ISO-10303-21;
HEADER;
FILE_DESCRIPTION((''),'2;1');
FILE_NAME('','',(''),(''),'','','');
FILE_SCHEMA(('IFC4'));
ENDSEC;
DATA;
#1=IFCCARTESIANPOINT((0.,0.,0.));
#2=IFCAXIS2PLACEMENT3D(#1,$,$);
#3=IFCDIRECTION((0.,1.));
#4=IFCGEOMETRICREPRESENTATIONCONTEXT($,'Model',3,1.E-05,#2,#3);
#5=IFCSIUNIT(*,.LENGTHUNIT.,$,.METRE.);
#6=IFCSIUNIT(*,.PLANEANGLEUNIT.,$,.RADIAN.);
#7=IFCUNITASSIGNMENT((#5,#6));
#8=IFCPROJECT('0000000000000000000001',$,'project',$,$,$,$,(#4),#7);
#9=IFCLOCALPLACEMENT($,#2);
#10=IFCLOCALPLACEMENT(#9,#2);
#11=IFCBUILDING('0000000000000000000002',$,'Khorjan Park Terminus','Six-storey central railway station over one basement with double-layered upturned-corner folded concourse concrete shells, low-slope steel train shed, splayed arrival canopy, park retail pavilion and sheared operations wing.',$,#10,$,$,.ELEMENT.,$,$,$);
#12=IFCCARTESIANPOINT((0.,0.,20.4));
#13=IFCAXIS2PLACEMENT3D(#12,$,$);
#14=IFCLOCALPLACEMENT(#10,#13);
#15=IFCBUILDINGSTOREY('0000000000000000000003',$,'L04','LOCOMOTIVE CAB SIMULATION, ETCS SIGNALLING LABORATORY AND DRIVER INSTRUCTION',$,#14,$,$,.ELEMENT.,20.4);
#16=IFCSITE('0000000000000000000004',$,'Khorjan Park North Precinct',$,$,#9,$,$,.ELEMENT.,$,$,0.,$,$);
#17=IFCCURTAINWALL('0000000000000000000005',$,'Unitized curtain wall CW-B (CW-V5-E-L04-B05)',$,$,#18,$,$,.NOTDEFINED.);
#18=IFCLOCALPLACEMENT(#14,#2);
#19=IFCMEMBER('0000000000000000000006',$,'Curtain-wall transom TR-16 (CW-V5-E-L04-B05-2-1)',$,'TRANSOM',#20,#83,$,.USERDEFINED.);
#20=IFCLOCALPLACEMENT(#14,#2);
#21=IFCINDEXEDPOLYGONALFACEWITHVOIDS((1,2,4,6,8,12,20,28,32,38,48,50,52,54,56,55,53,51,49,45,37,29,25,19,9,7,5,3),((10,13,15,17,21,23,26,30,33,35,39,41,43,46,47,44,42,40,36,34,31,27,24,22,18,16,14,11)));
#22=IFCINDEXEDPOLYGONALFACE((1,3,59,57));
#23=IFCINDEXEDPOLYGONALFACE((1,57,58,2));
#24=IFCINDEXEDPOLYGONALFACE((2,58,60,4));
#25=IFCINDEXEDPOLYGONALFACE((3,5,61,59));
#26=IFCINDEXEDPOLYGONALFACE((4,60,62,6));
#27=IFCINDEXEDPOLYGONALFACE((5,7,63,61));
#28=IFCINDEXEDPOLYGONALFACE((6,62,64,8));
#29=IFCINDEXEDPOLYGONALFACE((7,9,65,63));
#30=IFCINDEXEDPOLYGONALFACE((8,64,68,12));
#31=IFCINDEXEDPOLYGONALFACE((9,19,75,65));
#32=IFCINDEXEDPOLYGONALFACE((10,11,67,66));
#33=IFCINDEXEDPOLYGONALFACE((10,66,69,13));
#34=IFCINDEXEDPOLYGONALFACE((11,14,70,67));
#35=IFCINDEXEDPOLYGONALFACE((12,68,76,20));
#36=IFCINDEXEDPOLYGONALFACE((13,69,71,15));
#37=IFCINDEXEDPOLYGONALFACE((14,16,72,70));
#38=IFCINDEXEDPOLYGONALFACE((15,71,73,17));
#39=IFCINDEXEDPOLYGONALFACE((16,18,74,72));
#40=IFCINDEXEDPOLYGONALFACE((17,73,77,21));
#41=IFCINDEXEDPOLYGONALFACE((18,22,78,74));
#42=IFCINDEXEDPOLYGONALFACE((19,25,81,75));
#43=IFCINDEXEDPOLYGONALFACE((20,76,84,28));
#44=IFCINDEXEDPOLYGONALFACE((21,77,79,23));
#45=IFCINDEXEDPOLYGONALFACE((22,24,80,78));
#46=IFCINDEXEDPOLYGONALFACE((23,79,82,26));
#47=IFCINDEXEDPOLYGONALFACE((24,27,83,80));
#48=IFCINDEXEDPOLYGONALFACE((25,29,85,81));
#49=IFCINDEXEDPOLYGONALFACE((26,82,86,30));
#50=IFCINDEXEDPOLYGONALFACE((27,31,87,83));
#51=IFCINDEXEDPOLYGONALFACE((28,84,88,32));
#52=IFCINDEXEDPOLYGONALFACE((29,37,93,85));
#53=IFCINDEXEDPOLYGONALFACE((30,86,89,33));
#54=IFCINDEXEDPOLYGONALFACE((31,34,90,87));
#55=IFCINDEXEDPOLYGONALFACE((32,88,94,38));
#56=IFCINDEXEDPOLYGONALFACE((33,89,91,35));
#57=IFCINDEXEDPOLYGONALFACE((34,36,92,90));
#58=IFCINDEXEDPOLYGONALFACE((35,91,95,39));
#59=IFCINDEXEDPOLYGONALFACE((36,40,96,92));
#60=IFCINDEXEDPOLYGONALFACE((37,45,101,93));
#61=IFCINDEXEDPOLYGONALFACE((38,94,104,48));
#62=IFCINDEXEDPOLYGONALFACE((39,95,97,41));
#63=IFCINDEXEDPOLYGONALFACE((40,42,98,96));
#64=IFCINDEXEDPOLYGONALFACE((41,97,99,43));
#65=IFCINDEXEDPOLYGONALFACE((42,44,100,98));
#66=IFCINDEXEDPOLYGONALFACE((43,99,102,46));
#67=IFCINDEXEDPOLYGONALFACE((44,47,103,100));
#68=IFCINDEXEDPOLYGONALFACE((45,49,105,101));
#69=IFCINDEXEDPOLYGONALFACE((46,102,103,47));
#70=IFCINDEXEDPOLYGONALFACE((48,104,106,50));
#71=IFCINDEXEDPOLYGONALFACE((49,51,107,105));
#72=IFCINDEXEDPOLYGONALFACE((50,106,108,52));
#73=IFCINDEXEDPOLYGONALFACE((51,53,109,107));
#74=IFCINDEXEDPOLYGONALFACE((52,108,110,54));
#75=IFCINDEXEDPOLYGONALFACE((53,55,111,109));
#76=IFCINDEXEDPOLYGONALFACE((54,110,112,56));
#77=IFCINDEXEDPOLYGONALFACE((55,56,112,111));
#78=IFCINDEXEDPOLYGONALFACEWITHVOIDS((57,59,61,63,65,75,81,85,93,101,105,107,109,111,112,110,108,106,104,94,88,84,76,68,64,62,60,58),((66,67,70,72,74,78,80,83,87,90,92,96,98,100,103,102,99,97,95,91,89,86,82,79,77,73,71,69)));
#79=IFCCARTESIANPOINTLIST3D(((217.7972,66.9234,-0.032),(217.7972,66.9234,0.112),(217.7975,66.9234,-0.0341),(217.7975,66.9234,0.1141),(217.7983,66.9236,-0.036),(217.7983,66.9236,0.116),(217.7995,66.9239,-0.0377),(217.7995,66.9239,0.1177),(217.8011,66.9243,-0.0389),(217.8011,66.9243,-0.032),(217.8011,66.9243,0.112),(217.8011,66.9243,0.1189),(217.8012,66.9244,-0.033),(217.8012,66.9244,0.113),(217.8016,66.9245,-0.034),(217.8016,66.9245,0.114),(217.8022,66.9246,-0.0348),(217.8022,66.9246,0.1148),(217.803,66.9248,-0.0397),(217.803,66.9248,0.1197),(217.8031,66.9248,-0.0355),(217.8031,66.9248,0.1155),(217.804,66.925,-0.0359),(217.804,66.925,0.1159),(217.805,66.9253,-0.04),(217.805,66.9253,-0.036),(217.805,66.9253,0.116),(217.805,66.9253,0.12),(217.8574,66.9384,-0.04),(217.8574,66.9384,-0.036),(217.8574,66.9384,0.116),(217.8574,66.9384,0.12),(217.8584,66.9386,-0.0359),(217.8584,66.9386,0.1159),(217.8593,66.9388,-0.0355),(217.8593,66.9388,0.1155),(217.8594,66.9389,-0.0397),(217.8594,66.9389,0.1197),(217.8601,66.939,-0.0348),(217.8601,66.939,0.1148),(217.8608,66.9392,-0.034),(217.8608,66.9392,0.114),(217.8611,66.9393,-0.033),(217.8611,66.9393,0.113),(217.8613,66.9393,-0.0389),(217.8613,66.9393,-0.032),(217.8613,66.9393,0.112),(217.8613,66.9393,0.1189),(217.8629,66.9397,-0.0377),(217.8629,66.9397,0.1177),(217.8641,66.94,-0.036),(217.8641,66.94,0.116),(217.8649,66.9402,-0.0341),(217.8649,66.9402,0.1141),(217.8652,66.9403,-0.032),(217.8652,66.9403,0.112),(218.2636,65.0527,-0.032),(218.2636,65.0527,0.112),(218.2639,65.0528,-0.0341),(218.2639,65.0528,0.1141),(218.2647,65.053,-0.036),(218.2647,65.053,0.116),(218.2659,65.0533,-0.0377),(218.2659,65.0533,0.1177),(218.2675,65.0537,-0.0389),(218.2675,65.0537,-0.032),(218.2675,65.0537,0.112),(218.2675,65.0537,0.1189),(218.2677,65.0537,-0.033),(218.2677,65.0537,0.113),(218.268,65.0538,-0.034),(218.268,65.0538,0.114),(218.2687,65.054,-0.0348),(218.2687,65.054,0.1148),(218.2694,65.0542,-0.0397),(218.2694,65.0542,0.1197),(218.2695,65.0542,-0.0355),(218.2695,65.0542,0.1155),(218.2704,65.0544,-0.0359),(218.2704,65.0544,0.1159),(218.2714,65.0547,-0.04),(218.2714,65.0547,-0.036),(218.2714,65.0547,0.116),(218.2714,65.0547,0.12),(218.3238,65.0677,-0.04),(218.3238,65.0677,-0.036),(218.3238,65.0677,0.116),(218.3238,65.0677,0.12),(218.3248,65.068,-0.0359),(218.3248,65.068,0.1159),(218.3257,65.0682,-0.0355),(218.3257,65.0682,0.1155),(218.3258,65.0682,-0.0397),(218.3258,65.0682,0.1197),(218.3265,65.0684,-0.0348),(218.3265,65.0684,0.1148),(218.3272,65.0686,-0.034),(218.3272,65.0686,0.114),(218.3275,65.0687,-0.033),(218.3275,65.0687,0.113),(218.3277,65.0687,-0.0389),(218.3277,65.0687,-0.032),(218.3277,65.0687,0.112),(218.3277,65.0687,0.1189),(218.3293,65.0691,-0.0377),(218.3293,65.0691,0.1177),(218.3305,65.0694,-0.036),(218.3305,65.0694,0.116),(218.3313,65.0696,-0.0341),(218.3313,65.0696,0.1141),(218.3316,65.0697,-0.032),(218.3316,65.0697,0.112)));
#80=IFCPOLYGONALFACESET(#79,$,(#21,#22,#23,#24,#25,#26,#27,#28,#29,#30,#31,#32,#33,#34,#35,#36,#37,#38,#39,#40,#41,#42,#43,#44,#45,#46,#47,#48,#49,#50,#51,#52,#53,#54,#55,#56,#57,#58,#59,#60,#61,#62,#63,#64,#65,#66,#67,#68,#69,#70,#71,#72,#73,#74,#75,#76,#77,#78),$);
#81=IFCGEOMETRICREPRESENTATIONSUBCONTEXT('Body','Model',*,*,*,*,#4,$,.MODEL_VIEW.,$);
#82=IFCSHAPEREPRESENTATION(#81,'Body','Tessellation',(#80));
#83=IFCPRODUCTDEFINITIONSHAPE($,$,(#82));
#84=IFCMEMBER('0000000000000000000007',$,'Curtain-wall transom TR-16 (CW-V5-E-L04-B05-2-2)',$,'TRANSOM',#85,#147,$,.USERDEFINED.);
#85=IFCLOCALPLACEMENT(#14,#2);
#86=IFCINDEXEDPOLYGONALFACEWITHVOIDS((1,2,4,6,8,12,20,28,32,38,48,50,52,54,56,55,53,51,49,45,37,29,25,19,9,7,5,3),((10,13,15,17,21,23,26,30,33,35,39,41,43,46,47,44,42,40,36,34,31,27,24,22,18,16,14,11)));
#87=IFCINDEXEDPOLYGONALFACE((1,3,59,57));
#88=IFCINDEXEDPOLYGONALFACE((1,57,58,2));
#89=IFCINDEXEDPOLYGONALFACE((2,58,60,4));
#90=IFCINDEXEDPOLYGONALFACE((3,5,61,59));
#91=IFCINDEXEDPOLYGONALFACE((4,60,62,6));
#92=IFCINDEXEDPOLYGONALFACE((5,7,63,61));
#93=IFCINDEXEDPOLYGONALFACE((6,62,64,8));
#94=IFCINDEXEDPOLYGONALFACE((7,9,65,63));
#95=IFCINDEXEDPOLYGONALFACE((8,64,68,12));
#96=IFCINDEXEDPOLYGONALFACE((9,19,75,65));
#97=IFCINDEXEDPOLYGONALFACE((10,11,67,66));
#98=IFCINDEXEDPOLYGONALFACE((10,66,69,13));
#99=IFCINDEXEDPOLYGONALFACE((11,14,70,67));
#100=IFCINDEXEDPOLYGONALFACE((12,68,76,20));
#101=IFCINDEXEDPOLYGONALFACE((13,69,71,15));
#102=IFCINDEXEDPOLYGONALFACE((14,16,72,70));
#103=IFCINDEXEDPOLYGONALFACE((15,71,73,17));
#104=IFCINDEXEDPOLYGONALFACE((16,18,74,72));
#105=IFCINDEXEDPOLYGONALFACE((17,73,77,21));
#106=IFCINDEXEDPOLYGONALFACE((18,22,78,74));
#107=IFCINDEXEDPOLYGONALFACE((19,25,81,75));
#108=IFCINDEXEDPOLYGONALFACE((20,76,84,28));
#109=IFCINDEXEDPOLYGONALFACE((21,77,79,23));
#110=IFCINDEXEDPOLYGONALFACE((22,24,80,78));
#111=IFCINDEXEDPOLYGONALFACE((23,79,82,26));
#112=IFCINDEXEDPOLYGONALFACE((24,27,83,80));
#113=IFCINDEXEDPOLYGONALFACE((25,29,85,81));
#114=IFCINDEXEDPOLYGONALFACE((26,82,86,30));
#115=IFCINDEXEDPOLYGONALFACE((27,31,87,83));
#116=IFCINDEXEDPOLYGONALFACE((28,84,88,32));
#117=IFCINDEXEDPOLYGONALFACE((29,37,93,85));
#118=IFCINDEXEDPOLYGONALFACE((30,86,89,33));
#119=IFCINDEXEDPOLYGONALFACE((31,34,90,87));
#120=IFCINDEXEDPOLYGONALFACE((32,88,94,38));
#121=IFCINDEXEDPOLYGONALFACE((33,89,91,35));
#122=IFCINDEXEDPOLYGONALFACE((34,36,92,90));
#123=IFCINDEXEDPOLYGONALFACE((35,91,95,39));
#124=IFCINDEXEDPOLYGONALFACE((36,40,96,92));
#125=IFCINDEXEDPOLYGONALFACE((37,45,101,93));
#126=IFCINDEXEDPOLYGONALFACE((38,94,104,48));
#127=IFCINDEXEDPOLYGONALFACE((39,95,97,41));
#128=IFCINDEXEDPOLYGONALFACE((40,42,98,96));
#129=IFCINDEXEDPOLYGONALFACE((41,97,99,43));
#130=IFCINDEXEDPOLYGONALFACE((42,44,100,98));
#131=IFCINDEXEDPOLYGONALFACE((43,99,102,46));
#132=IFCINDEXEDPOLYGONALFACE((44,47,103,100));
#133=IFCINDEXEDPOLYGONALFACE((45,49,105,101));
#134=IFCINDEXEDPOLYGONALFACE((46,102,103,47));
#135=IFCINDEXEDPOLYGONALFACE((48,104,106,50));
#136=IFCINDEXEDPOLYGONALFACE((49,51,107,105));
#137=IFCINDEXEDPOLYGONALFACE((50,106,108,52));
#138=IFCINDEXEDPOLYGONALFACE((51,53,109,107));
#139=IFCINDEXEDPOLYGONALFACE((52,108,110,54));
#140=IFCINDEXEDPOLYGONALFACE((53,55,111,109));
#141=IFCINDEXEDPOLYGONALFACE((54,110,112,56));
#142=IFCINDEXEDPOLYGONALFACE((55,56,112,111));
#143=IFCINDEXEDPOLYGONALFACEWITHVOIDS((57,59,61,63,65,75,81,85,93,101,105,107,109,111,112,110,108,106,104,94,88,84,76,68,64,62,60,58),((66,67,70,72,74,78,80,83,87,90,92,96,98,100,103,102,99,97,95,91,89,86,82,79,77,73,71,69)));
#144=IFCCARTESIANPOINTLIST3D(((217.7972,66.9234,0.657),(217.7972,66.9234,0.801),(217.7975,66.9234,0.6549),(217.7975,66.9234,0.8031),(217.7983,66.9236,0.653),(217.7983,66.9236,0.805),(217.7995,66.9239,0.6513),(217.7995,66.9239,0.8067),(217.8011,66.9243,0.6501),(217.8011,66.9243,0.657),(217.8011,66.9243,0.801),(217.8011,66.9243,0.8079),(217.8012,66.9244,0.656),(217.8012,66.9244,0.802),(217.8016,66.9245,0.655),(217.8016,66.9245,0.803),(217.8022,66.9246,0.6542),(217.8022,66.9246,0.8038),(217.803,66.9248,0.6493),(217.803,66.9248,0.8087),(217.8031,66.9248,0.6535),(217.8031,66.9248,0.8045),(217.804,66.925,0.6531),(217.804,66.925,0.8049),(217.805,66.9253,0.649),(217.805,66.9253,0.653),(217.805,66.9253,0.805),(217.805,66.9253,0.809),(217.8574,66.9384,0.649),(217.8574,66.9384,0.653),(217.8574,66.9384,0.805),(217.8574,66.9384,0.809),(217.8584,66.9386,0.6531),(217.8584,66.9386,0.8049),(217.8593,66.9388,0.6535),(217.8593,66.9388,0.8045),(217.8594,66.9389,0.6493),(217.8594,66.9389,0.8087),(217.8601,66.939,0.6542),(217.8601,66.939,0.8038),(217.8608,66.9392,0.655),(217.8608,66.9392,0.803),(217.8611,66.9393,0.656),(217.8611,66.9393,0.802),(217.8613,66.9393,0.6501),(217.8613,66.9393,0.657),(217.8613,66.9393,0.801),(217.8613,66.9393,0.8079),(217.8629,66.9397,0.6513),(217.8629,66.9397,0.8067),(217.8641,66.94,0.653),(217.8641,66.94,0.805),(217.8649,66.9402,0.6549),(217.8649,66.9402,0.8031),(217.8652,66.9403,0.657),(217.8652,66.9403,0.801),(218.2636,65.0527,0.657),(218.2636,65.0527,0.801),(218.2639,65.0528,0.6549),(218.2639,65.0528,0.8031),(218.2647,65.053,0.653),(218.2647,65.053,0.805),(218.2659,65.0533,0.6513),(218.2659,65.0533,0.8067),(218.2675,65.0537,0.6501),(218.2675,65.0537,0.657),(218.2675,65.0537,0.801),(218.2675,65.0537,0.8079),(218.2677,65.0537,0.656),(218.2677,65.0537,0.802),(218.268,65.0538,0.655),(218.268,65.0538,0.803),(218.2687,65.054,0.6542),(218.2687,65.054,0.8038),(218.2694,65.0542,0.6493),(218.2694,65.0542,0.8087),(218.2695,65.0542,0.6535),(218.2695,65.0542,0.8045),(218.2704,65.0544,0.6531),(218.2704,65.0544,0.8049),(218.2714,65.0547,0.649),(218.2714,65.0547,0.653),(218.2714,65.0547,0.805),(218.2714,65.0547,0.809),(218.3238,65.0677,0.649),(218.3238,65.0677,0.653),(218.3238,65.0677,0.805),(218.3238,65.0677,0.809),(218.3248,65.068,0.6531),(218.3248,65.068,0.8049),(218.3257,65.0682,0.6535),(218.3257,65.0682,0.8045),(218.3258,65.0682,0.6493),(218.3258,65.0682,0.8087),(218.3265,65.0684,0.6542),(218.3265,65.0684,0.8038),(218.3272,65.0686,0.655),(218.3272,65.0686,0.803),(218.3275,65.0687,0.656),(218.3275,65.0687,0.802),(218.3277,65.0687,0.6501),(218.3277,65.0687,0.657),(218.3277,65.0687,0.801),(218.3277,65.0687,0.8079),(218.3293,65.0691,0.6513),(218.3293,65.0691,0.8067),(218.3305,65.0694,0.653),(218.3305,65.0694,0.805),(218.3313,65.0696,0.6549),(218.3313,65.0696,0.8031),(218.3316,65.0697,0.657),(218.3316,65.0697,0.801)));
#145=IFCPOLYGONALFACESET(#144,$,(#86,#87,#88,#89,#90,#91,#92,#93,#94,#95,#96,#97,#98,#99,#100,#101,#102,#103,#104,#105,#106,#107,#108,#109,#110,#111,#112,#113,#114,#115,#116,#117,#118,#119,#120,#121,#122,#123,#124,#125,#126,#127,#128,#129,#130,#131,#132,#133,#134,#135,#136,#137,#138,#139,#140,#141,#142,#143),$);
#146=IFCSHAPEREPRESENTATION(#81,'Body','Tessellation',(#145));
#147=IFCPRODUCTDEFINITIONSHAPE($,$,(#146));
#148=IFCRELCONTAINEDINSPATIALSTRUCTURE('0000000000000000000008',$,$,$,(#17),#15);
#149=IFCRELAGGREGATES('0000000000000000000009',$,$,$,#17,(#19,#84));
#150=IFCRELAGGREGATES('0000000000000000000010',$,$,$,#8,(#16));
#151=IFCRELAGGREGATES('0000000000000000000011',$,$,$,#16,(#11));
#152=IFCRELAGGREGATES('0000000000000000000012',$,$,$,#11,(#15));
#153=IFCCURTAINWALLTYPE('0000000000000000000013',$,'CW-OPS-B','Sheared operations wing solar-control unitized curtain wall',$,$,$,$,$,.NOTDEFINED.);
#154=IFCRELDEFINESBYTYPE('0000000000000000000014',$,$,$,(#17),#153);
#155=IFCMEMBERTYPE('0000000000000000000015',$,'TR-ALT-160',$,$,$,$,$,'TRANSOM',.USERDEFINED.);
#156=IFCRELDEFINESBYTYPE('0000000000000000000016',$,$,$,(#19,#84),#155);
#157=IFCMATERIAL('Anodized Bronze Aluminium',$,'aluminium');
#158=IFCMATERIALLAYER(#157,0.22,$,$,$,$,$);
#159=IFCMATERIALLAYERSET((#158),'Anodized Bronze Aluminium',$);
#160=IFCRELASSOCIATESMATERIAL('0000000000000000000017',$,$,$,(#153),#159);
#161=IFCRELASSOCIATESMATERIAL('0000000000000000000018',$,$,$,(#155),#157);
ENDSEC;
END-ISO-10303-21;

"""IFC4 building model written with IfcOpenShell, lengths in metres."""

from ifc_helpers import new_model, si_unit, direction, frame, origin, origin_2d, place, context, subcontext, project, spatial, hollow_rectangle, extrude, material, layer, layer_set, material_profile, profile_set, type_object, element, aggregate, save


model = new_model("IFC4")

# Units and contexts
model_context = context("Model", 3, precision=1e-05, world=origin(), true_north=direction((0.0, 1.0)))
body_context = subcontext(model_context, "Body", "Model", "MODEL_VIEW")
ifc_project = project(units=[si_unit("LENGTHUNIT", "METRE"), si_unit("PLANEANGLEUNIT", "RADIAN")], contexts=[model_context])

# Site, building, storey
site_placement = place(None, origin())
site = spatial("IfcSite", under=ifc_project, at=site_placement, Name="Khorjan Park North Precinct", CompositionType="ELEMENT", RefElevation=0.0)
building_placement = place(site_placement, origin())
building = spatial("IfcBuilding", under=site, at=building_placement, Name="Khorjan Park Terminus", Description="Six-storey central railway station over one basement with double-layered upturned-corner folded concourse concrete shells, low-slope steel train shed, splayed arrival canopy, park retail pavilion and sheared operations wing.", CompositionType="ELEMENT")
storey_placement = place(building_placement, frame((0.0, 0.0, 20.4)))
storey = spatial("IfcBuildingStorey", under=building, at=storey_placement, Name="L04", Description="LOCOMOTIVE CAB SIMULATION, ETCS SIGNALLING LABORATORY AND DRIVER INSTRUCTION", CompositionType="ELEMENT", Elevation=20.4)

# Curtain wall, members
ifc_material_1 = material(Name="Anodized Bronze Aluminium", Category="aluminium")
ifc_layer_1 = layer(ifc_material_1, 0.22)
ifc_layer_set_1 = layer_set([ifc_layer_1], Name="Anodized Bronze Aluminium")
curtain_wall_type = type_object("IfcCurtainWallType", Name="CW-OPS-B", Description="Sheared operations wing solar-control unitized curtain wall", PredefinedType="NOTDEFINED", material=ifc_layer_set_1)
curtain_wall_placement = place(storey_placement, origin())
curtain_wall = element("IfcCurtainWall", 1, at=curtain_wall_placement, inside=storey, type_object=curtain_wall_type, Name="Unitized curtain wall CW-B (CW-V5-E-L04-B05)", PredefinedType="NOTDEFINED")
ifc_material_profile_1 = material_profile(ifc_material_1, hollow_rectangle(XDim=0.07, YDim=0.16, WallThickness=0.004, InnerFilletRadius=0.004, OuterFilletRadius=0.008, at=origin_2d()), Name="ALT 70x160x4")
ifc_profile_set_1 = profile_set([ifc_material_profile_1], Name="Anodized Bronze Aluminium")
member_type_1 = type_object("IfcMemberType", Name="TR-ALT-160", ElementType="TRANSOM", PredefinedType="USERDEFINED", material=ifc_profile_set_1)
member_1_placement = place(storey_placement, frame((218.2976, 65.0612, 0.04), z_axis=(-0.241925, 0.970295, 0.0), x_axis=(-0.970295, -0.241925, 0.0)))
member_1 = element("IfcMember", 2, at=member_1_placement, type_object=member_type_1, Name="Curtain-wall transom TR-16 (CW-V5-E-L04-B05-2-1)", ObjectType="TRANSOM", PredefinedType="USERDEFINED", context=body_context, shape_type="SweptSolid", body=[
    extrude(hollow_rectangle(XDim=0.07, YDim=0.16, WallThickness=0.004, InnerFilletRadius=0.004, OuterFilletRadius=0.008, at=origin_2d()), origin(), (0.0, 0.0, 1.0), 1.9279),
])
member_2_placement = place(storey_placement, frame((218.2976, 65.0612, 0.729), z_axis=(-0.241925, 0.970295, 0.0), x_axis=(-0.970295, -0.241925, 0.0)))
member_2 = element("IfcMember", 3, at=member_2_placement, type_object=member_type_1, Name="Curtain-wall transom TR-16 (CW-V5-E-L04-B05-2-2)", ObjectType="TRANSOM", PredefinedType="USERDEFINED", context=body_context, shape_type="SweptSolid", body=[
    extrude(hollow_rectangle(XDim=0.07, YDim=0.16, WallThickness=0.004, InnerFilletRadius=0.004, OuterFilletRadius=0.008, at=origin_2d()), origin(), (0.0, 0.0, 1.0), 1.9279),
])
aggregate(curtain_wall, [member_1, member_2])

save(model, "model.ifc")
